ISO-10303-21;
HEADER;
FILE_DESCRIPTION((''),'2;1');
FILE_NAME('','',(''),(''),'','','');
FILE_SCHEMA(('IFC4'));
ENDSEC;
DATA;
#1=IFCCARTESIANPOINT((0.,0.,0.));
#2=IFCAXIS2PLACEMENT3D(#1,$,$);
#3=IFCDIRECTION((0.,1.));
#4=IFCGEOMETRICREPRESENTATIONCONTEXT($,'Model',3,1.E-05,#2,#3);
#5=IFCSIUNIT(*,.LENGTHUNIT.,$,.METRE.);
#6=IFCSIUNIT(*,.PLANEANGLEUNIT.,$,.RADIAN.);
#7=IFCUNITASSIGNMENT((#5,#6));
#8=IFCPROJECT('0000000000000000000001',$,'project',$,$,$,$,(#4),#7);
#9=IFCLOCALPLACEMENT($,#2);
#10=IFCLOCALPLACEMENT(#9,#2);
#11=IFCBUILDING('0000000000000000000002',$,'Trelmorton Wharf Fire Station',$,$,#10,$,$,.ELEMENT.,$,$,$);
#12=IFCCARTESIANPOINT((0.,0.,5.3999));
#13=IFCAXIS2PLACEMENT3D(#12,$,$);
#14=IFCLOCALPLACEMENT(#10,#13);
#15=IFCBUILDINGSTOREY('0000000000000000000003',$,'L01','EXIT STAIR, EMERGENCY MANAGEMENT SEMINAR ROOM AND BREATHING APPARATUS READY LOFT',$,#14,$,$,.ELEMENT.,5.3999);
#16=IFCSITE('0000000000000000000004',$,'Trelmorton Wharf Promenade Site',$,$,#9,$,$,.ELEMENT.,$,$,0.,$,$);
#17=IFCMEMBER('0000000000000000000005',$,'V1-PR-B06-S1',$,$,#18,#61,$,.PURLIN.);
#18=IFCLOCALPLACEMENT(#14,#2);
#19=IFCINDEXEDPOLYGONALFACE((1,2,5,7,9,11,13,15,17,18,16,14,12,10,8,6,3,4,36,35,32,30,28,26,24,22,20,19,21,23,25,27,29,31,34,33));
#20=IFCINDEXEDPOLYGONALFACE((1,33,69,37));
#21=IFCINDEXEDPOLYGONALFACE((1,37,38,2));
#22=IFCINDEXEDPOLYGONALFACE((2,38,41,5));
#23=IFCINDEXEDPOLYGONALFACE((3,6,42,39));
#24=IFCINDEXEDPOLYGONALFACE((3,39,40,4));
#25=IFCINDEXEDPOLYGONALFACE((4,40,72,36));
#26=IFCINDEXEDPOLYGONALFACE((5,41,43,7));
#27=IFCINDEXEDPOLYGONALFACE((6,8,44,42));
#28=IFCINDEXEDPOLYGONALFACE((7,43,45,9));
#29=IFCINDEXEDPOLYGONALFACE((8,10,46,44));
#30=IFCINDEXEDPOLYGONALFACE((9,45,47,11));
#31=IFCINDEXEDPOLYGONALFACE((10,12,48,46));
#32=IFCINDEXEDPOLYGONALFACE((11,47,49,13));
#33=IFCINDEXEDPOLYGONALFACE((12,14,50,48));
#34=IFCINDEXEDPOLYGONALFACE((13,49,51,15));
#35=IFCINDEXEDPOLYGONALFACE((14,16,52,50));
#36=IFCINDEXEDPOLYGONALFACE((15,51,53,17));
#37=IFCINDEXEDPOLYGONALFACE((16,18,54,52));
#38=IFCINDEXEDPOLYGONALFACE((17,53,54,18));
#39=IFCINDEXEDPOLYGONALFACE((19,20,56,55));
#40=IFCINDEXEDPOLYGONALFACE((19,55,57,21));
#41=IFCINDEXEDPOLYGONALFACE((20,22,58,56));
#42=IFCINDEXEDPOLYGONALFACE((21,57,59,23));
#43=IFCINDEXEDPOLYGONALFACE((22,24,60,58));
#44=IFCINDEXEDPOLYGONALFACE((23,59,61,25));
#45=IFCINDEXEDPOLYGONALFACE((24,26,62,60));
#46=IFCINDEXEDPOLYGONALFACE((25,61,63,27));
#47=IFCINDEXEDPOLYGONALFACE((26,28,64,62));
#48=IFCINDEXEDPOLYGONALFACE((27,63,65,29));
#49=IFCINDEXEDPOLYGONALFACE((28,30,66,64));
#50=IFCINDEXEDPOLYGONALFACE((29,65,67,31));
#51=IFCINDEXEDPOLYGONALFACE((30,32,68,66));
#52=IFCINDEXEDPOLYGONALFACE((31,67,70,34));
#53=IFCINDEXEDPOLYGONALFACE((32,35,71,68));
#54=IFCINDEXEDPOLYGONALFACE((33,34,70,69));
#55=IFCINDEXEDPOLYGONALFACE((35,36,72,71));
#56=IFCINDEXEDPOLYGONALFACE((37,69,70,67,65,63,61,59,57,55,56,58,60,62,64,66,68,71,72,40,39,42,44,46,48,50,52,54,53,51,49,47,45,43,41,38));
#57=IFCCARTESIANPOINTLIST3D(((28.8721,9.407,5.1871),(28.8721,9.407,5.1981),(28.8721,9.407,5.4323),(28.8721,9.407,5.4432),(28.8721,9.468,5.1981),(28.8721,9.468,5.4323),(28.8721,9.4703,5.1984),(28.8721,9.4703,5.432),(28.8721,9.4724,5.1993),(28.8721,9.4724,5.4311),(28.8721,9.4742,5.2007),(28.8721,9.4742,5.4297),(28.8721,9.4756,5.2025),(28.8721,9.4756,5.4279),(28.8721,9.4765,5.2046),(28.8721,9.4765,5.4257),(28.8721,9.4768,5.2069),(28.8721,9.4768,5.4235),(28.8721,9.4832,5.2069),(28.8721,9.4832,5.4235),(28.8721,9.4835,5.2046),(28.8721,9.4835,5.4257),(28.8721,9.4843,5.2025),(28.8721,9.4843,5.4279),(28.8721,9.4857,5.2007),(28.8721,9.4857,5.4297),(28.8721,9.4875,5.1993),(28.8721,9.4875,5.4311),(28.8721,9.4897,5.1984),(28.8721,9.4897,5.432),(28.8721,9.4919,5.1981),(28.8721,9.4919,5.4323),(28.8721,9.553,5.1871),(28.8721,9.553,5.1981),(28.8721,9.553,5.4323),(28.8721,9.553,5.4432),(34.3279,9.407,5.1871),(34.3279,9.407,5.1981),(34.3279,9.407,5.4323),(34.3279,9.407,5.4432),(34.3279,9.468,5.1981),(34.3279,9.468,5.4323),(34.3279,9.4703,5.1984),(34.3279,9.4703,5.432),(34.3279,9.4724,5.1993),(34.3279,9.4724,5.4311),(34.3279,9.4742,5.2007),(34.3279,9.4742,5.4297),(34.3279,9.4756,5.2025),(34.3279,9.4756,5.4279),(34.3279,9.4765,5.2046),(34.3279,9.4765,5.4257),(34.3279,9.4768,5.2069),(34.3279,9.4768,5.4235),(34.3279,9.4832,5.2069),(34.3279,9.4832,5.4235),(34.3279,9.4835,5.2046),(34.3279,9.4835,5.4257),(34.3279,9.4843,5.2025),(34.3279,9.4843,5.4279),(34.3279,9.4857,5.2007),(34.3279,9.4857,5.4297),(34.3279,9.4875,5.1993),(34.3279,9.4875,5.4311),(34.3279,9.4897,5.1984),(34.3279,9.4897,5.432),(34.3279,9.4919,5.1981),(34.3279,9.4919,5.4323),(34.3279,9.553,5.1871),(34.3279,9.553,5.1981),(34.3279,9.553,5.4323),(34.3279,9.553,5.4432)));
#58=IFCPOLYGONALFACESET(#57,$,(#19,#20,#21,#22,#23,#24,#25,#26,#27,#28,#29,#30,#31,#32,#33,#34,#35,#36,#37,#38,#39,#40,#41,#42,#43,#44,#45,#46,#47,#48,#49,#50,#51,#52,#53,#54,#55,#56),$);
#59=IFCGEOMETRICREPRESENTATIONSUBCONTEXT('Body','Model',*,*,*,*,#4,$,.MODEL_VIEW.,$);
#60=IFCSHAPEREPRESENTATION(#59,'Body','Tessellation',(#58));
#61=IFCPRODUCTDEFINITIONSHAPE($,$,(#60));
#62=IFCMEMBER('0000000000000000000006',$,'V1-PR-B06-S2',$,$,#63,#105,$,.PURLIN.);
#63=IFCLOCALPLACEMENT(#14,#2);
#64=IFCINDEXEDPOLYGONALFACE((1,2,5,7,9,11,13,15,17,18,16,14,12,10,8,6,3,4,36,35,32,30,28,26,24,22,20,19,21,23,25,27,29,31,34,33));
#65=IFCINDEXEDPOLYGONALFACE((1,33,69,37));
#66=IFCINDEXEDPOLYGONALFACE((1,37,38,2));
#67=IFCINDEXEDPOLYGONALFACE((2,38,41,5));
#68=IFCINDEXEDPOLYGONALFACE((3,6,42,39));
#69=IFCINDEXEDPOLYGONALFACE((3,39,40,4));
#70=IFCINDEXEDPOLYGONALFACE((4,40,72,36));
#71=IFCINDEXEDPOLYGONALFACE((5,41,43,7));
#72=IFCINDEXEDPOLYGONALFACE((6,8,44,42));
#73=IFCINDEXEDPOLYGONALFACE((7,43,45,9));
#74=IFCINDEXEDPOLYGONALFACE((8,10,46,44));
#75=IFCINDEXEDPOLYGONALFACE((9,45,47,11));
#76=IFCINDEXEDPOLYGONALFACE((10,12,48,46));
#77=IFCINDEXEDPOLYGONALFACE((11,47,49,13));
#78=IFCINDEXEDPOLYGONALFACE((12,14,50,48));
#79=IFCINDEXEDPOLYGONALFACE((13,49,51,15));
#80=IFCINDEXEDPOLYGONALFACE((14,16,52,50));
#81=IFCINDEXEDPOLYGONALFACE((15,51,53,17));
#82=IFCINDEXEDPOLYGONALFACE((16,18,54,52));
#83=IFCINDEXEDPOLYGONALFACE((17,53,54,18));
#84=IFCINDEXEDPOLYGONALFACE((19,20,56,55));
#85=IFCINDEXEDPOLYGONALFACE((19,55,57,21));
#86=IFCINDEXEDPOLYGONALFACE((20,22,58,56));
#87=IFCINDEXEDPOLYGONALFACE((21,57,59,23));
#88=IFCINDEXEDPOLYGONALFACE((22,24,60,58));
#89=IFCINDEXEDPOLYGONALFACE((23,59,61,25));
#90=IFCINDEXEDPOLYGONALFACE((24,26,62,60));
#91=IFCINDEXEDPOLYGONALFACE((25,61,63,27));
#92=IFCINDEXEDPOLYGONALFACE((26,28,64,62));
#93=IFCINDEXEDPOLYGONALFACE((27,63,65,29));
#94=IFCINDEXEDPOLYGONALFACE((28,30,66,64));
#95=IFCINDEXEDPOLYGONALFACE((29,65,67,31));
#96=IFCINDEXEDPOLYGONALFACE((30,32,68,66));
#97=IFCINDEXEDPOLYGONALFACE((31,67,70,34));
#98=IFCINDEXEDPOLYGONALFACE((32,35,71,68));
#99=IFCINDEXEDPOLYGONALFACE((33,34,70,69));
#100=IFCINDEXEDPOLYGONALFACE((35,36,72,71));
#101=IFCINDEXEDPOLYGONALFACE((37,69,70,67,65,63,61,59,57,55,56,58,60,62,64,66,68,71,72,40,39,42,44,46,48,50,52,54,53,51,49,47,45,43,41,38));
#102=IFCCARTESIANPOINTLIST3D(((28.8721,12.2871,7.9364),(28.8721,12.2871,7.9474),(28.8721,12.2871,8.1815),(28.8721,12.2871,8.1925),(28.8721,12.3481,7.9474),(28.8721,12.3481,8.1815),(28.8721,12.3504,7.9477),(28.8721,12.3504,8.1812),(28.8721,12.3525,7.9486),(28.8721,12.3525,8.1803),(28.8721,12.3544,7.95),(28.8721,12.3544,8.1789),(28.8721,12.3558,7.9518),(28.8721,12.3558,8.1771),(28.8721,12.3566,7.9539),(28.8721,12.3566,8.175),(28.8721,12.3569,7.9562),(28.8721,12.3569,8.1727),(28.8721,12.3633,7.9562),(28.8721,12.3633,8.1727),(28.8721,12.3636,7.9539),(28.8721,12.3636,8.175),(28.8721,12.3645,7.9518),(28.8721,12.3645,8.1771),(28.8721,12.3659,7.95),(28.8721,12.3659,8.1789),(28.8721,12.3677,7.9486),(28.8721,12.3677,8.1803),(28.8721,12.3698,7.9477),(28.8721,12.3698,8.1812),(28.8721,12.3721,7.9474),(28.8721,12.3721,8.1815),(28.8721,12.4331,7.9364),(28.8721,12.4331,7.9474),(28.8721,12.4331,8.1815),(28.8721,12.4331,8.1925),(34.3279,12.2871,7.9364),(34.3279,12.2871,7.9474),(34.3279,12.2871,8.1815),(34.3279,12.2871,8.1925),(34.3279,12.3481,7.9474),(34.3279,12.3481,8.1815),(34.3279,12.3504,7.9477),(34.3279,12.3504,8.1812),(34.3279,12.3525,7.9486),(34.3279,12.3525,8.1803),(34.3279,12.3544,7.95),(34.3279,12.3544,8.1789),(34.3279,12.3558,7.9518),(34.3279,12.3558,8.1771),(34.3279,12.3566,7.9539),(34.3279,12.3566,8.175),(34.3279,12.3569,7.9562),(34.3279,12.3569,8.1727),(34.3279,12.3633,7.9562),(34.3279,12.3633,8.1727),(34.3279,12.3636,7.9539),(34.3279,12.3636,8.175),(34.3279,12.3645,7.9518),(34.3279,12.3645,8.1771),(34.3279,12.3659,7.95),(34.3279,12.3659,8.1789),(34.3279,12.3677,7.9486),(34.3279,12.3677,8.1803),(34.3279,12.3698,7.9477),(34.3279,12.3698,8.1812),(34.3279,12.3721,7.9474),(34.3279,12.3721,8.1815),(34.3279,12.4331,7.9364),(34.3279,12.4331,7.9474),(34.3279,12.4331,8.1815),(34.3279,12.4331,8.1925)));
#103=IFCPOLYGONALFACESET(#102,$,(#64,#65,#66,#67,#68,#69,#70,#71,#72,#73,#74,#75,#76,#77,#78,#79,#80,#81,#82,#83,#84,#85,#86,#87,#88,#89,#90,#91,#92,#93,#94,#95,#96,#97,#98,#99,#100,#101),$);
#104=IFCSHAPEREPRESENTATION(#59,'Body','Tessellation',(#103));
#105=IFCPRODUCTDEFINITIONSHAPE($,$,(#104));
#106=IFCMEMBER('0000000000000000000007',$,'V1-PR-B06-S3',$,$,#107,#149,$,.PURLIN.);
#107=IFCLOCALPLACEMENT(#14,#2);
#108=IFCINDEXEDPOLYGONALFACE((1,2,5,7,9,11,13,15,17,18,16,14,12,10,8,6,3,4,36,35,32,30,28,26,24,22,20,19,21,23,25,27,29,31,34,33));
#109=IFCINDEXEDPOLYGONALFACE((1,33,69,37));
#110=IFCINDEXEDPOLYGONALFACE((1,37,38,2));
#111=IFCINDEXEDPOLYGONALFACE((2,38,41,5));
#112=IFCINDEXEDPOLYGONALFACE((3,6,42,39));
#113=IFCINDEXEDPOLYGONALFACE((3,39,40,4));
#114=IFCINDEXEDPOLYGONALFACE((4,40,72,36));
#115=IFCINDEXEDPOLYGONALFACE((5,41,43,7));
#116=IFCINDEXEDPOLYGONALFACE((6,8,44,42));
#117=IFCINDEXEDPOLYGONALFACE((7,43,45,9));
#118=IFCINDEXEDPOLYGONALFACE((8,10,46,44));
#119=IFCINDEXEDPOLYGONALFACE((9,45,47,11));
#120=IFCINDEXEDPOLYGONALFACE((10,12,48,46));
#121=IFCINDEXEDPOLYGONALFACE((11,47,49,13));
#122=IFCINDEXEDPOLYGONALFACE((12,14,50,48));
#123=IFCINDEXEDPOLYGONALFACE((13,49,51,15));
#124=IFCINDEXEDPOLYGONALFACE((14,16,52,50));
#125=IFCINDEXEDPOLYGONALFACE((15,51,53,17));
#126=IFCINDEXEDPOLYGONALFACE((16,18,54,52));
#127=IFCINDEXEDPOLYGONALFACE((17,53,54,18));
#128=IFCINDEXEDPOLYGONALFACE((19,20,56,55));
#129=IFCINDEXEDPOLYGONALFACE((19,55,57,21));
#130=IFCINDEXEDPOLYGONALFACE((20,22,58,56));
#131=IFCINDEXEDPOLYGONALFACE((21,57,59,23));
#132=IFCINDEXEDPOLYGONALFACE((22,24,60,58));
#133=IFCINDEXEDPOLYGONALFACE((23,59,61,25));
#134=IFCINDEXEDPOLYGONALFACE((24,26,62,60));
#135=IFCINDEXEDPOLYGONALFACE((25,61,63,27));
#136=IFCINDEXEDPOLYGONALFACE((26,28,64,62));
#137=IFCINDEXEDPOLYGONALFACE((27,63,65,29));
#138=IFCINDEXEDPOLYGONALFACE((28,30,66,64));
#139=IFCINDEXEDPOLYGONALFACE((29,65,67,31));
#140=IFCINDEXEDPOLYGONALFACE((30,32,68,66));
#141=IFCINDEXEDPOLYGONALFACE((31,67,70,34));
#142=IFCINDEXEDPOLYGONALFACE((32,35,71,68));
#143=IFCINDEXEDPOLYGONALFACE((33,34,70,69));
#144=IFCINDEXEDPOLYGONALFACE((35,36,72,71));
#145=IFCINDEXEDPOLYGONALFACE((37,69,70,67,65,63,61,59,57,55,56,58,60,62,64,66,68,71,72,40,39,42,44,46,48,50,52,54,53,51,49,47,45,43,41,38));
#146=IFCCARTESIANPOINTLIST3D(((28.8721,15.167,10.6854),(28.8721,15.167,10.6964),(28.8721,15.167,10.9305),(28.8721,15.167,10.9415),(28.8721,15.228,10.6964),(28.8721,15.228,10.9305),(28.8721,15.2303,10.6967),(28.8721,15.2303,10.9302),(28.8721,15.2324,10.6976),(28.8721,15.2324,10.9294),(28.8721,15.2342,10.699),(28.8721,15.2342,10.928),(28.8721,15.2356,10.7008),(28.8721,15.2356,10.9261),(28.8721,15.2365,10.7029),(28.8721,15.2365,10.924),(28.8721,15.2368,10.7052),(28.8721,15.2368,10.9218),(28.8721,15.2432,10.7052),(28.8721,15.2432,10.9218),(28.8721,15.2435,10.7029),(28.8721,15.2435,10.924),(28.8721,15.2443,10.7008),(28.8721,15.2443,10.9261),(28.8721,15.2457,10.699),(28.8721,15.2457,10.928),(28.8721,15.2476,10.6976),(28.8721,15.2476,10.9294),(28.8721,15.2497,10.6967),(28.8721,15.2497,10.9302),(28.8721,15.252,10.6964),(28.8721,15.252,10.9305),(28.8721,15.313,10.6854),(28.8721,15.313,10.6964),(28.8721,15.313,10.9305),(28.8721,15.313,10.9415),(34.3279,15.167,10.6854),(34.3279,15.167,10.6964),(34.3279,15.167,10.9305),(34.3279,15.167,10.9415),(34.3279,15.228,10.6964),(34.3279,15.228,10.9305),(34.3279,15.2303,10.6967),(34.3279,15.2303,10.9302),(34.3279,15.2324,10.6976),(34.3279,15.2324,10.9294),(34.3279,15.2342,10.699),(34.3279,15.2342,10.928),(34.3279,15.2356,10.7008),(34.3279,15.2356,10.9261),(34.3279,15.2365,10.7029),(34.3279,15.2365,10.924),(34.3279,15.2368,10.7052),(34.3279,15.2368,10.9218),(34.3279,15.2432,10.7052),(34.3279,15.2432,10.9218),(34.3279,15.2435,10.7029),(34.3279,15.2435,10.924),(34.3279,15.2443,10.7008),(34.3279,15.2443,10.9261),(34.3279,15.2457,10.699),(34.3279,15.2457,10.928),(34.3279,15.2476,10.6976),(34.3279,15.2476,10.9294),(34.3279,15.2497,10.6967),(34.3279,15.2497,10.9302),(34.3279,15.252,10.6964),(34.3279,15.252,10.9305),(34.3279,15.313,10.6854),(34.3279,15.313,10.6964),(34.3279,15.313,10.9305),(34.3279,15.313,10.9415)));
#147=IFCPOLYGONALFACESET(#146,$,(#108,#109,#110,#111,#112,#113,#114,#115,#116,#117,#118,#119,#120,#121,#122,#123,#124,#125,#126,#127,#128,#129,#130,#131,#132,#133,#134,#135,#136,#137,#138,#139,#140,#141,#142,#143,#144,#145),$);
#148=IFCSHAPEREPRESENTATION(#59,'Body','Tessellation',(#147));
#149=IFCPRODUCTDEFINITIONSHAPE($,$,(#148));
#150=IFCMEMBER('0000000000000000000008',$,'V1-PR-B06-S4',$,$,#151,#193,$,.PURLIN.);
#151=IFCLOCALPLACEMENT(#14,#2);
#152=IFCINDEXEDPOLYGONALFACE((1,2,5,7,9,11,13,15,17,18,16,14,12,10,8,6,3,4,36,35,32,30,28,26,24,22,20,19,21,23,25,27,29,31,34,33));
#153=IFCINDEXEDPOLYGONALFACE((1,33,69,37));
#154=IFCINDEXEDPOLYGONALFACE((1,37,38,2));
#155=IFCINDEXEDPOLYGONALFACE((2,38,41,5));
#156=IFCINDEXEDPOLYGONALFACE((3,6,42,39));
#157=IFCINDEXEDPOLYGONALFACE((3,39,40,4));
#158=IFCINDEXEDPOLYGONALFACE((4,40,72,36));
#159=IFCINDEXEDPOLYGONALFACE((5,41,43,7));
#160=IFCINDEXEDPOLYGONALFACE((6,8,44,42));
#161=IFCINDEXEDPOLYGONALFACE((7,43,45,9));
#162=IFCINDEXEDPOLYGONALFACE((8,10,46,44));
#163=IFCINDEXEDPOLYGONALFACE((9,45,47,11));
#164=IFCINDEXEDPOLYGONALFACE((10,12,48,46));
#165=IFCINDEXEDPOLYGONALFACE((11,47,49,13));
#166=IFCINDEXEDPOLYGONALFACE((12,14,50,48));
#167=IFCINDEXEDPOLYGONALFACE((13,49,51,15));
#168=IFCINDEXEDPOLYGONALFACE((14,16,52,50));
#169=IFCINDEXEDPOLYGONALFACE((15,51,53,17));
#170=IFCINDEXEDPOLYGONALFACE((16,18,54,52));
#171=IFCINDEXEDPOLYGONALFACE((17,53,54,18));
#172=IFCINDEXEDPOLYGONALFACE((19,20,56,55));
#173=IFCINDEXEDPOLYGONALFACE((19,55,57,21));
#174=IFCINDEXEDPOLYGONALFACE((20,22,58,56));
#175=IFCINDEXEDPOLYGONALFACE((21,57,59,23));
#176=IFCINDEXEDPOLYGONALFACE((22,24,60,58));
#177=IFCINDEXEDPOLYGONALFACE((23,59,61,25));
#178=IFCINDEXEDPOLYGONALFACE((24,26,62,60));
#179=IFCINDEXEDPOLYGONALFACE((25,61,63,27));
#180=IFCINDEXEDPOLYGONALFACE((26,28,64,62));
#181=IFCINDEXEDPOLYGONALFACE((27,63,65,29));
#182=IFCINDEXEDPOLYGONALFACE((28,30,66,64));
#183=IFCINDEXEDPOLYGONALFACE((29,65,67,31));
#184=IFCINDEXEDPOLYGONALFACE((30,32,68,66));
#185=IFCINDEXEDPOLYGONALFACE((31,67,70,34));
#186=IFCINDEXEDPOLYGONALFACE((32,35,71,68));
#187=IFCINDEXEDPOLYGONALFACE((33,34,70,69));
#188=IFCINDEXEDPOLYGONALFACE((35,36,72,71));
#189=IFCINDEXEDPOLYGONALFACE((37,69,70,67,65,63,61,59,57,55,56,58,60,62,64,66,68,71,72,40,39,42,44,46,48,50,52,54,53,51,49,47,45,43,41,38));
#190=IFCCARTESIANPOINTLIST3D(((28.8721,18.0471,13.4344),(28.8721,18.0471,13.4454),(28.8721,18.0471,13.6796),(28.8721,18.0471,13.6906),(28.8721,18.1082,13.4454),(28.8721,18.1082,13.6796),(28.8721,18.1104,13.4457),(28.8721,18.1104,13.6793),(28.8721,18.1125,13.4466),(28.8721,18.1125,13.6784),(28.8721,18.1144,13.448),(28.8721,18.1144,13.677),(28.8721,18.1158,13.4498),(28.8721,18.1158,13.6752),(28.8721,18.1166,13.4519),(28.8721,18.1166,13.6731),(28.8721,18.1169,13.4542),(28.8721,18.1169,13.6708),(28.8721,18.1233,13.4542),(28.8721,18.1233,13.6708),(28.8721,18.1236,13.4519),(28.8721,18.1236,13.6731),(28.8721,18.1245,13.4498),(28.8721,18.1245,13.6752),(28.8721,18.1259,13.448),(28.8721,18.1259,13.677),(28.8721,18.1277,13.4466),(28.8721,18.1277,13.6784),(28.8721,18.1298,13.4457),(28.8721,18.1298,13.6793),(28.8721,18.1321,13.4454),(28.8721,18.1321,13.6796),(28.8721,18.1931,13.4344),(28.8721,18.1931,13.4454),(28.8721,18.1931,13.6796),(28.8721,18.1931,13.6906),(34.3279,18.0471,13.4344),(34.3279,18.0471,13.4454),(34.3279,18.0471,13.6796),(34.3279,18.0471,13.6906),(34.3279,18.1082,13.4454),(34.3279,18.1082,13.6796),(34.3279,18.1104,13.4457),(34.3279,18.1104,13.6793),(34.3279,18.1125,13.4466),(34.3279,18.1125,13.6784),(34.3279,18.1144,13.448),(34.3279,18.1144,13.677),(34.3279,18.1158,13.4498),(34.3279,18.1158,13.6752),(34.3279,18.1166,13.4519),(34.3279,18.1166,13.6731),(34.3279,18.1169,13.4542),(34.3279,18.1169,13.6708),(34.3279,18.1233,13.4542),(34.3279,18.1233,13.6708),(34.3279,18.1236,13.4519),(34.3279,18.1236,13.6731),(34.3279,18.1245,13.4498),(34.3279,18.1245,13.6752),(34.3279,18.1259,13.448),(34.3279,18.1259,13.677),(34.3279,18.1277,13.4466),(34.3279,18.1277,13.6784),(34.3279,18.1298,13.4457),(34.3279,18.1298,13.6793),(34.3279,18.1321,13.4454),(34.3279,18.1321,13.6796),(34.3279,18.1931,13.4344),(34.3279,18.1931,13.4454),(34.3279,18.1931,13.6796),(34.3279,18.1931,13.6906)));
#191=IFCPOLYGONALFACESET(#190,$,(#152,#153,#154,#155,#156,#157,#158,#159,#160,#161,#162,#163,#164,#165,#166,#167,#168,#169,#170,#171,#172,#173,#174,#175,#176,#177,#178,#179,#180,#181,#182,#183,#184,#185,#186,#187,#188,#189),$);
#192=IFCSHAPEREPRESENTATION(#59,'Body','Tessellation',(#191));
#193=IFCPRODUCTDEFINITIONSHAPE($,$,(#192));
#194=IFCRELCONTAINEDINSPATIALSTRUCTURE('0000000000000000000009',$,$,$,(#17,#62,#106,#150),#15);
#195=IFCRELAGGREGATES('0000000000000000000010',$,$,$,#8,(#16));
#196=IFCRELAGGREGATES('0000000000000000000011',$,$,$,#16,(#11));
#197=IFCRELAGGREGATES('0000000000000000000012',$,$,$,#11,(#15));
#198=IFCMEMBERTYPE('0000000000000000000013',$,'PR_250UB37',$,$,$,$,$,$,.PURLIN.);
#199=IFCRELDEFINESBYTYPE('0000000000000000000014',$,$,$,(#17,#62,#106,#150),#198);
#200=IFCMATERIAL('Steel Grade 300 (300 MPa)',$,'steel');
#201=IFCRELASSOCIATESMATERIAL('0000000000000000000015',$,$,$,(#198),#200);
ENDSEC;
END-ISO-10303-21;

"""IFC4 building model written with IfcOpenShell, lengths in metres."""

from ifc_helpers import new_model, si_unit, direction, frame, origin, origin_2d, place, context, subcontext, project, spatial, i_section, extrude, material, material_profile, profile_set, type_object, element, save


model = new_model("IFC4")

# Units and contexts
model_context = context("Model", 3, precision=1e-05, world=origin(), true_north=direction((0.0, 1.0)))
body_context = subcontext(model_context, "Body", "Model", "MODEL_VIEW")
ifc_project = project(units=[si_unit("LENGTHUNIT", "METRE"), si_unit("PLANEANGLEUNIT", "RADIAN")], contexts=[model_context])

# Site, building, storey
site_placement = place(None, origin())
site = spatial("IfcSite", under=ifc_project, at=site_placement, Name="Trelmorton Wharf Promenade Site", CompositionType="ELEMENT", RefElevation=0.0)
building_placement = place(site_placement, origin())
building = spatial("IfcBuilding", under=site, at=building_placement, Name="Trelmorton Wharf Fire Station", CompositionType="ELEMENT")
storey_placement = place(building_placement, frame((0.0, 0.0, 5.3999)))
storey = spatial("IfcBuildingStorey", under=building, at=storey_placement, Name="L01", Description="EXIT STAIR, EMERGENCY MANAGEMENT SEMINAR ROOM AND BREATHING APPARATUS READY LOFT", CompositionType="ELEMENT", Elevation=5.3999)

# Members
ifc_material_1 = material(Name="Steel Grade 300 (300 MPa)", Category="steel")
ifc_material_profile_1 = material_profile(ifc_material_1, i_section(OverallWidth=0.146, OverallDepth=0.2561, WebThickness=0.0063, FlangeThickness=0.011, FilletRadius=0.0088, at=origin_2d()), Name="250UB37.3")
ifc_profile_set_1 = profile_set([ifc_material_profile_1], Name="Steel Grade 300 (300 MPa)")
member_type_1 = type_object("IfcMemberType", Name="PR_250UB37", PredefinedType="PURLIN", material=ifc_profile_set_1)
for number, where, z_axis, x_axis, name in (
    (1, (28.8721, 9.48, 5.3152), (1.0, 0.0, 0.0), (0.0, 1.0, 0.0), "V1-PR-B06-S1"),
    (2, (28.8721, 12.3601, 8.0645), (1.0, 0.0, 0.0), (0.0, 1.0, 0.0), "V1-PR-B06-S2"),
    (3, (28.8721, 15.24, 10.8135), (1.0, 0.0, 0.0), (0.0, 1.0, 0.0), "V1-PR-B06-S3"),
    (4, (28.8721, 18.1201, 13.5625), (1.0, 0.0, 0.0), (0.0, 1.0, 0.0), "V1-PR-B06-S4"),
):
    element("IfcMember", number, at=place(storey_placement, frame(where, z_axis=z_axis, x_axis=x_axis)), inside=storey, type_object=member_type_1, Name=name, PredefinedType="PURLIN", context=body_context, shape_type="SweptSolid", body=[
        extrude(i_section(OverallWidth=0.146, OverallDepth=0.2561, WebThickness=0.0063, FlangeThickness=0.011, FilletRadius=0.0088, at=origin_2d()), origin(), (0.0, 0.0, 1.0), 5.4558),
    ])

save(model, "model.ifc")
